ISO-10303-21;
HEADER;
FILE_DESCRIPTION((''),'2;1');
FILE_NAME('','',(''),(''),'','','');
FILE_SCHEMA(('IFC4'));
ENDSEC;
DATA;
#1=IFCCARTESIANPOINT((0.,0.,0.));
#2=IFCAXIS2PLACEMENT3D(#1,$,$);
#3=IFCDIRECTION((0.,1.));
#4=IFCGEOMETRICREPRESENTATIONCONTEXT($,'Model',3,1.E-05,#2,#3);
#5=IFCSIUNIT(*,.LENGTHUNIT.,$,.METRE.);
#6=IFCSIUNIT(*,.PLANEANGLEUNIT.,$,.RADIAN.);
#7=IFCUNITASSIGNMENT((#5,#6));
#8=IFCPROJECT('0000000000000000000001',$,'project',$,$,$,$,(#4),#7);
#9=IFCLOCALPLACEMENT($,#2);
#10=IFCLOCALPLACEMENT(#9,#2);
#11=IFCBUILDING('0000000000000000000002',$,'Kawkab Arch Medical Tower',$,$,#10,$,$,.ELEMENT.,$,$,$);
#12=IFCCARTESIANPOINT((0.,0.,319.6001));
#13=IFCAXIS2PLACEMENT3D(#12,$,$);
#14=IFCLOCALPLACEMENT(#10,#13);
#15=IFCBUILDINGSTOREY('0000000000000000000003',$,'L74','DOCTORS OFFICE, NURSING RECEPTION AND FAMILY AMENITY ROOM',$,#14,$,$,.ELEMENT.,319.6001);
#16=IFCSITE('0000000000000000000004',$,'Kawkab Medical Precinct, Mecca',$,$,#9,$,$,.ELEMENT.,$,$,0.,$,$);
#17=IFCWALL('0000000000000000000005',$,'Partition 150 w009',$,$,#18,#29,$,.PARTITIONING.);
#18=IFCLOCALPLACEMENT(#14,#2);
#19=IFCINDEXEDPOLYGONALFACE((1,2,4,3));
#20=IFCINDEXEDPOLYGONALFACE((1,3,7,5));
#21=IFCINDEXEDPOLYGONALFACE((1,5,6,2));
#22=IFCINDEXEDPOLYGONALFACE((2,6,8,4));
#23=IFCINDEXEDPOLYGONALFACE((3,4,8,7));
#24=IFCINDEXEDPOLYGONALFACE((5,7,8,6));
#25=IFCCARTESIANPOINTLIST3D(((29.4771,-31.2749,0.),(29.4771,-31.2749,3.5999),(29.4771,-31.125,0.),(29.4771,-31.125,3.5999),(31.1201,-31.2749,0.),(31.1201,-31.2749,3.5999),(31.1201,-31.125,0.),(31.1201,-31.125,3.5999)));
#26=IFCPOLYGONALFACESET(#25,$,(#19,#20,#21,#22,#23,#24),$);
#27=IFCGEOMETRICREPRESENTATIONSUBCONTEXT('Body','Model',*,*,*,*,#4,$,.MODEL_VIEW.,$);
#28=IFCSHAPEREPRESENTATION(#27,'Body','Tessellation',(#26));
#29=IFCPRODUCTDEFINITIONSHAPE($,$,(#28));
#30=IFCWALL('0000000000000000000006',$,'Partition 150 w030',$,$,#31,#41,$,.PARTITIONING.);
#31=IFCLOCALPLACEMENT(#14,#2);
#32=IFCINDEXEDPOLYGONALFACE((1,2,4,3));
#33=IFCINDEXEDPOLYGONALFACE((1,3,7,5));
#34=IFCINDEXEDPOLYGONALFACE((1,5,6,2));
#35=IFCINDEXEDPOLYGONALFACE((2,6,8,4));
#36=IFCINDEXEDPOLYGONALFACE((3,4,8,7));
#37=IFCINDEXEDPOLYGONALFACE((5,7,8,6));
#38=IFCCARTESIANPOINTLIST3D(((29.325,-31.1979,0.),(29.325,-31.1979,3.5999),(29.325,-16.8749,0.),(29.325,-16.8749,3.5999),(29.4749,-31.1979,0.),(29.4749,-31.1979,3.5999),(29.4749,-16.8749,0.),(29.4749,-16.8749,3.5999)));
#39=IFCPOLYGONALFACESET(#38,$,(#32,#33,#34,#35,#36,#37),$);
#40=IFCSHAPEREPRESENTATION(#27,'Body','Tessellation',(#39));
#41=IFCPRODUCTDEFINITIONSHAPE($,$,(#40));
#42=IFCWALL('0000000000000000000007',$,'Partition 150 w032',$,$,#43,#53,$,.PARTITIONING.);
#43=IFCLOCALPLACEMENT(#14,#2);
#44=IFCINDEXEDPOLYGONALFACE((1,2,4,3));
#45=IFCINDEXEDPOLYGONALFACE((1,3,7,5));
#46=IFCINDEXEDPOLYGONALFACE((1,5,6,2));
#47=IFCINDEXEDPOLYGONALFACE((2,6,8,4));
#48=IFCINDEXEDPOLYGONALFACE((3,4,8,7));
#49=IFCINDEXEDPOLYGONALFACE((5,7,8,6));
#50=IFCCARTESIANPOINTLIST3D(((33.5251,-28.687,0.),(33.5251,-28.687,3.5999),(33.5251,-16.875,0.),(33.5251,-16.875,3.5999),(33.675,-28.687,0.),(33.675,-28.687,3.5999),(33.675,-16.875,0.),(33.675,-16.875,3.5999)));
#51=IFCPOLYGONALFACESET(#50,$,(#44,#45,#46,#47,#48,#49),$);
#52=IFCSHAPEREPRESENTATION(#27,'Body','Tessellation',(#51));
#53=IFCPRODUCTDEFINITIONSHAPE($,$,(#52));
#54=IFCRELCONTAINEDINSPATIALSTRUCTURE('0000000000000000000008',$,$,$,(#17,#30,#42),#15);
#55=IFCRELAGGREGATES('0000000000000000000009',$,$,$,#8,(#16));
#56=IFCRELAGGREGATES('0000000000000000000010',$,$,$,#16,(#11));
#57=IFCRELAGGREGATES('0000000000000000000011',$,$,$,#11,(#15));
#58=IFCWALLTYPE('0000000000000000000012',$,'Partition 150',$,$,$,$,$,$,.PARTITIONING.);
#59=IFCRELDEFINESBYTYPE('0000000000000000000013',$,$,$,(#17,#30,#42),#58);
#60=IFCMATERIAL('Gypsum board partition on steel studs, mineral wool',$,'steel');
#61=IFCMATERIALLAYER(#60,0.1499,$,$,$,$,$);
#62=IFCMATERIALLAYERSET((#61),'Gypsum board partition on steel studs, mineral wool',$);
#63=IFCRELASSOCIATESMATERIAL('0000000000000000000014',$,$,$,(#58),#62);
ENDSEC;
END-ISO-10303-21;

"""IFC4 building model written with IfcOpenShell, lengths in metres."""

from ifc_helpers import new_model, si_unit, direction, frame, frame_2d, origin, place, context, subcontext, project, spatial, rectangle, extrude, material, layer, layer_set, type_object, element, save


model = new_model("IFC4")

# Units and contexts
model_context = context("Model", 3, precision=1e-05, world=origin(), true_north=direction((0.0, 1.0)))
body_context = subcontext(model_context, "Body", "Model", "MODEL_VIEW")
ifc_project = project(units=[si_unit("LENGTHUNIT", "METRE"), si_unit("PLANEANGLEUNIT", "RADIAN")], contexts=[model_context])

# Site, building, storey
site_placement = place(None, origin())
site = spatial("IfcSite", under=ifc_project, at=site_placement, Name="Kawkab Medical Precinct, Mecca", CompositionType="ELEMENT", RefElevation=0.0)
building_placement = place(site_placement, origin())
building = spatial("IfcBuilding", under=site, at=building_placement, Name="Kawkab Arch Medical Tower", CompositionType="ELEMENT")
storey_placement = place(building_placement, frame((0.0, 0.0, 319.6001)))
storey = spatial("IfcBuildingStorey", under=building, at=storey_placement, Name="L74", Description="DOCTORS OFFICE, NURSING RECEPTION AND FAMILY AMENITY ROOM", CompositionType="ELEMENT", Elevation=319.6001)

# Walls
ifc_material_1 = material(Name="Gypsum board partition on steel studs, mineral wool", Category="steel")
ifc_layer_1 = layer(ifc_material_1, 0.1499)
ifc_layer_set_1 = layer_set([ifc_layer_1], Name="Gypsum board partition on steel studs, mineral wool")
wall_type_1 = type_object("IfcWallType", Name="Partition 150", PredefinedType="PARTITIONING", material=ifc_layer_set_1)
wall_1_placement = place(storey_placement, frame((29.4771, -31.2, 0.0), z_axis=(0.0, 0.0, 1.0), x_axis=(1.0, 0.0, 0.0)))
element("IfcWall", 1, at=wall_1_placement, inside=storey, type_object=wall_type_1, Name="Partition 150 w009", PredefinedType="PARTITIONING", context=body_context, shape_type="SweptSolid", body=[
    extrude(rectangle(XDim=1.6431, YDim=0.1499, at=frame_2d((0.8215, 0.0))), origin(), (0.0, 0.0, 1.0), 3.5999),
])
wall_2_placement = place(storey_placement, frame((29.3999, -31.198, 0.0), z_axis=(0.0, 0.0, 1.0), x_axis=(0.0, 1.0, 0.0)))
element("IfcWall", 2, at=wall_2_placement, inside=storey, type_object=wall_type_1, Name="Partition 150 w030", PredefinedType="PARTITIONING", context=body_context, shape_type="SweptSolid", body=[
    extrude(rectangle(XDim=14.323, YDim=0.1499, at=frame_2d((7.1616, 0.0))), origin(), (0.0, 0.0, 1.0), 3.5999),
])
wall_3_placement = place(storey_placement, frame((33.6001, -28.687, 0.0), z_axis=(0.0, 0.0, 1.0), x_axis=(0.0, 1.0, 0.0)))
element("IfcWall", 3, at=wall_3_placement, inside=storey, type_object=wall_type_1, Name="Partition 150 w032", PredefinedType="PARTITIONING", context=body_context, shape_type="SweptSolid", body=[
    extrude(rectangle(XDim=11.812, YDim=0.1499, at=frame_2d((5.906, 0.0))), origin(), (0.0, 0.0, 1.0), 3.5999),
])

save(model, "model.ifc")
